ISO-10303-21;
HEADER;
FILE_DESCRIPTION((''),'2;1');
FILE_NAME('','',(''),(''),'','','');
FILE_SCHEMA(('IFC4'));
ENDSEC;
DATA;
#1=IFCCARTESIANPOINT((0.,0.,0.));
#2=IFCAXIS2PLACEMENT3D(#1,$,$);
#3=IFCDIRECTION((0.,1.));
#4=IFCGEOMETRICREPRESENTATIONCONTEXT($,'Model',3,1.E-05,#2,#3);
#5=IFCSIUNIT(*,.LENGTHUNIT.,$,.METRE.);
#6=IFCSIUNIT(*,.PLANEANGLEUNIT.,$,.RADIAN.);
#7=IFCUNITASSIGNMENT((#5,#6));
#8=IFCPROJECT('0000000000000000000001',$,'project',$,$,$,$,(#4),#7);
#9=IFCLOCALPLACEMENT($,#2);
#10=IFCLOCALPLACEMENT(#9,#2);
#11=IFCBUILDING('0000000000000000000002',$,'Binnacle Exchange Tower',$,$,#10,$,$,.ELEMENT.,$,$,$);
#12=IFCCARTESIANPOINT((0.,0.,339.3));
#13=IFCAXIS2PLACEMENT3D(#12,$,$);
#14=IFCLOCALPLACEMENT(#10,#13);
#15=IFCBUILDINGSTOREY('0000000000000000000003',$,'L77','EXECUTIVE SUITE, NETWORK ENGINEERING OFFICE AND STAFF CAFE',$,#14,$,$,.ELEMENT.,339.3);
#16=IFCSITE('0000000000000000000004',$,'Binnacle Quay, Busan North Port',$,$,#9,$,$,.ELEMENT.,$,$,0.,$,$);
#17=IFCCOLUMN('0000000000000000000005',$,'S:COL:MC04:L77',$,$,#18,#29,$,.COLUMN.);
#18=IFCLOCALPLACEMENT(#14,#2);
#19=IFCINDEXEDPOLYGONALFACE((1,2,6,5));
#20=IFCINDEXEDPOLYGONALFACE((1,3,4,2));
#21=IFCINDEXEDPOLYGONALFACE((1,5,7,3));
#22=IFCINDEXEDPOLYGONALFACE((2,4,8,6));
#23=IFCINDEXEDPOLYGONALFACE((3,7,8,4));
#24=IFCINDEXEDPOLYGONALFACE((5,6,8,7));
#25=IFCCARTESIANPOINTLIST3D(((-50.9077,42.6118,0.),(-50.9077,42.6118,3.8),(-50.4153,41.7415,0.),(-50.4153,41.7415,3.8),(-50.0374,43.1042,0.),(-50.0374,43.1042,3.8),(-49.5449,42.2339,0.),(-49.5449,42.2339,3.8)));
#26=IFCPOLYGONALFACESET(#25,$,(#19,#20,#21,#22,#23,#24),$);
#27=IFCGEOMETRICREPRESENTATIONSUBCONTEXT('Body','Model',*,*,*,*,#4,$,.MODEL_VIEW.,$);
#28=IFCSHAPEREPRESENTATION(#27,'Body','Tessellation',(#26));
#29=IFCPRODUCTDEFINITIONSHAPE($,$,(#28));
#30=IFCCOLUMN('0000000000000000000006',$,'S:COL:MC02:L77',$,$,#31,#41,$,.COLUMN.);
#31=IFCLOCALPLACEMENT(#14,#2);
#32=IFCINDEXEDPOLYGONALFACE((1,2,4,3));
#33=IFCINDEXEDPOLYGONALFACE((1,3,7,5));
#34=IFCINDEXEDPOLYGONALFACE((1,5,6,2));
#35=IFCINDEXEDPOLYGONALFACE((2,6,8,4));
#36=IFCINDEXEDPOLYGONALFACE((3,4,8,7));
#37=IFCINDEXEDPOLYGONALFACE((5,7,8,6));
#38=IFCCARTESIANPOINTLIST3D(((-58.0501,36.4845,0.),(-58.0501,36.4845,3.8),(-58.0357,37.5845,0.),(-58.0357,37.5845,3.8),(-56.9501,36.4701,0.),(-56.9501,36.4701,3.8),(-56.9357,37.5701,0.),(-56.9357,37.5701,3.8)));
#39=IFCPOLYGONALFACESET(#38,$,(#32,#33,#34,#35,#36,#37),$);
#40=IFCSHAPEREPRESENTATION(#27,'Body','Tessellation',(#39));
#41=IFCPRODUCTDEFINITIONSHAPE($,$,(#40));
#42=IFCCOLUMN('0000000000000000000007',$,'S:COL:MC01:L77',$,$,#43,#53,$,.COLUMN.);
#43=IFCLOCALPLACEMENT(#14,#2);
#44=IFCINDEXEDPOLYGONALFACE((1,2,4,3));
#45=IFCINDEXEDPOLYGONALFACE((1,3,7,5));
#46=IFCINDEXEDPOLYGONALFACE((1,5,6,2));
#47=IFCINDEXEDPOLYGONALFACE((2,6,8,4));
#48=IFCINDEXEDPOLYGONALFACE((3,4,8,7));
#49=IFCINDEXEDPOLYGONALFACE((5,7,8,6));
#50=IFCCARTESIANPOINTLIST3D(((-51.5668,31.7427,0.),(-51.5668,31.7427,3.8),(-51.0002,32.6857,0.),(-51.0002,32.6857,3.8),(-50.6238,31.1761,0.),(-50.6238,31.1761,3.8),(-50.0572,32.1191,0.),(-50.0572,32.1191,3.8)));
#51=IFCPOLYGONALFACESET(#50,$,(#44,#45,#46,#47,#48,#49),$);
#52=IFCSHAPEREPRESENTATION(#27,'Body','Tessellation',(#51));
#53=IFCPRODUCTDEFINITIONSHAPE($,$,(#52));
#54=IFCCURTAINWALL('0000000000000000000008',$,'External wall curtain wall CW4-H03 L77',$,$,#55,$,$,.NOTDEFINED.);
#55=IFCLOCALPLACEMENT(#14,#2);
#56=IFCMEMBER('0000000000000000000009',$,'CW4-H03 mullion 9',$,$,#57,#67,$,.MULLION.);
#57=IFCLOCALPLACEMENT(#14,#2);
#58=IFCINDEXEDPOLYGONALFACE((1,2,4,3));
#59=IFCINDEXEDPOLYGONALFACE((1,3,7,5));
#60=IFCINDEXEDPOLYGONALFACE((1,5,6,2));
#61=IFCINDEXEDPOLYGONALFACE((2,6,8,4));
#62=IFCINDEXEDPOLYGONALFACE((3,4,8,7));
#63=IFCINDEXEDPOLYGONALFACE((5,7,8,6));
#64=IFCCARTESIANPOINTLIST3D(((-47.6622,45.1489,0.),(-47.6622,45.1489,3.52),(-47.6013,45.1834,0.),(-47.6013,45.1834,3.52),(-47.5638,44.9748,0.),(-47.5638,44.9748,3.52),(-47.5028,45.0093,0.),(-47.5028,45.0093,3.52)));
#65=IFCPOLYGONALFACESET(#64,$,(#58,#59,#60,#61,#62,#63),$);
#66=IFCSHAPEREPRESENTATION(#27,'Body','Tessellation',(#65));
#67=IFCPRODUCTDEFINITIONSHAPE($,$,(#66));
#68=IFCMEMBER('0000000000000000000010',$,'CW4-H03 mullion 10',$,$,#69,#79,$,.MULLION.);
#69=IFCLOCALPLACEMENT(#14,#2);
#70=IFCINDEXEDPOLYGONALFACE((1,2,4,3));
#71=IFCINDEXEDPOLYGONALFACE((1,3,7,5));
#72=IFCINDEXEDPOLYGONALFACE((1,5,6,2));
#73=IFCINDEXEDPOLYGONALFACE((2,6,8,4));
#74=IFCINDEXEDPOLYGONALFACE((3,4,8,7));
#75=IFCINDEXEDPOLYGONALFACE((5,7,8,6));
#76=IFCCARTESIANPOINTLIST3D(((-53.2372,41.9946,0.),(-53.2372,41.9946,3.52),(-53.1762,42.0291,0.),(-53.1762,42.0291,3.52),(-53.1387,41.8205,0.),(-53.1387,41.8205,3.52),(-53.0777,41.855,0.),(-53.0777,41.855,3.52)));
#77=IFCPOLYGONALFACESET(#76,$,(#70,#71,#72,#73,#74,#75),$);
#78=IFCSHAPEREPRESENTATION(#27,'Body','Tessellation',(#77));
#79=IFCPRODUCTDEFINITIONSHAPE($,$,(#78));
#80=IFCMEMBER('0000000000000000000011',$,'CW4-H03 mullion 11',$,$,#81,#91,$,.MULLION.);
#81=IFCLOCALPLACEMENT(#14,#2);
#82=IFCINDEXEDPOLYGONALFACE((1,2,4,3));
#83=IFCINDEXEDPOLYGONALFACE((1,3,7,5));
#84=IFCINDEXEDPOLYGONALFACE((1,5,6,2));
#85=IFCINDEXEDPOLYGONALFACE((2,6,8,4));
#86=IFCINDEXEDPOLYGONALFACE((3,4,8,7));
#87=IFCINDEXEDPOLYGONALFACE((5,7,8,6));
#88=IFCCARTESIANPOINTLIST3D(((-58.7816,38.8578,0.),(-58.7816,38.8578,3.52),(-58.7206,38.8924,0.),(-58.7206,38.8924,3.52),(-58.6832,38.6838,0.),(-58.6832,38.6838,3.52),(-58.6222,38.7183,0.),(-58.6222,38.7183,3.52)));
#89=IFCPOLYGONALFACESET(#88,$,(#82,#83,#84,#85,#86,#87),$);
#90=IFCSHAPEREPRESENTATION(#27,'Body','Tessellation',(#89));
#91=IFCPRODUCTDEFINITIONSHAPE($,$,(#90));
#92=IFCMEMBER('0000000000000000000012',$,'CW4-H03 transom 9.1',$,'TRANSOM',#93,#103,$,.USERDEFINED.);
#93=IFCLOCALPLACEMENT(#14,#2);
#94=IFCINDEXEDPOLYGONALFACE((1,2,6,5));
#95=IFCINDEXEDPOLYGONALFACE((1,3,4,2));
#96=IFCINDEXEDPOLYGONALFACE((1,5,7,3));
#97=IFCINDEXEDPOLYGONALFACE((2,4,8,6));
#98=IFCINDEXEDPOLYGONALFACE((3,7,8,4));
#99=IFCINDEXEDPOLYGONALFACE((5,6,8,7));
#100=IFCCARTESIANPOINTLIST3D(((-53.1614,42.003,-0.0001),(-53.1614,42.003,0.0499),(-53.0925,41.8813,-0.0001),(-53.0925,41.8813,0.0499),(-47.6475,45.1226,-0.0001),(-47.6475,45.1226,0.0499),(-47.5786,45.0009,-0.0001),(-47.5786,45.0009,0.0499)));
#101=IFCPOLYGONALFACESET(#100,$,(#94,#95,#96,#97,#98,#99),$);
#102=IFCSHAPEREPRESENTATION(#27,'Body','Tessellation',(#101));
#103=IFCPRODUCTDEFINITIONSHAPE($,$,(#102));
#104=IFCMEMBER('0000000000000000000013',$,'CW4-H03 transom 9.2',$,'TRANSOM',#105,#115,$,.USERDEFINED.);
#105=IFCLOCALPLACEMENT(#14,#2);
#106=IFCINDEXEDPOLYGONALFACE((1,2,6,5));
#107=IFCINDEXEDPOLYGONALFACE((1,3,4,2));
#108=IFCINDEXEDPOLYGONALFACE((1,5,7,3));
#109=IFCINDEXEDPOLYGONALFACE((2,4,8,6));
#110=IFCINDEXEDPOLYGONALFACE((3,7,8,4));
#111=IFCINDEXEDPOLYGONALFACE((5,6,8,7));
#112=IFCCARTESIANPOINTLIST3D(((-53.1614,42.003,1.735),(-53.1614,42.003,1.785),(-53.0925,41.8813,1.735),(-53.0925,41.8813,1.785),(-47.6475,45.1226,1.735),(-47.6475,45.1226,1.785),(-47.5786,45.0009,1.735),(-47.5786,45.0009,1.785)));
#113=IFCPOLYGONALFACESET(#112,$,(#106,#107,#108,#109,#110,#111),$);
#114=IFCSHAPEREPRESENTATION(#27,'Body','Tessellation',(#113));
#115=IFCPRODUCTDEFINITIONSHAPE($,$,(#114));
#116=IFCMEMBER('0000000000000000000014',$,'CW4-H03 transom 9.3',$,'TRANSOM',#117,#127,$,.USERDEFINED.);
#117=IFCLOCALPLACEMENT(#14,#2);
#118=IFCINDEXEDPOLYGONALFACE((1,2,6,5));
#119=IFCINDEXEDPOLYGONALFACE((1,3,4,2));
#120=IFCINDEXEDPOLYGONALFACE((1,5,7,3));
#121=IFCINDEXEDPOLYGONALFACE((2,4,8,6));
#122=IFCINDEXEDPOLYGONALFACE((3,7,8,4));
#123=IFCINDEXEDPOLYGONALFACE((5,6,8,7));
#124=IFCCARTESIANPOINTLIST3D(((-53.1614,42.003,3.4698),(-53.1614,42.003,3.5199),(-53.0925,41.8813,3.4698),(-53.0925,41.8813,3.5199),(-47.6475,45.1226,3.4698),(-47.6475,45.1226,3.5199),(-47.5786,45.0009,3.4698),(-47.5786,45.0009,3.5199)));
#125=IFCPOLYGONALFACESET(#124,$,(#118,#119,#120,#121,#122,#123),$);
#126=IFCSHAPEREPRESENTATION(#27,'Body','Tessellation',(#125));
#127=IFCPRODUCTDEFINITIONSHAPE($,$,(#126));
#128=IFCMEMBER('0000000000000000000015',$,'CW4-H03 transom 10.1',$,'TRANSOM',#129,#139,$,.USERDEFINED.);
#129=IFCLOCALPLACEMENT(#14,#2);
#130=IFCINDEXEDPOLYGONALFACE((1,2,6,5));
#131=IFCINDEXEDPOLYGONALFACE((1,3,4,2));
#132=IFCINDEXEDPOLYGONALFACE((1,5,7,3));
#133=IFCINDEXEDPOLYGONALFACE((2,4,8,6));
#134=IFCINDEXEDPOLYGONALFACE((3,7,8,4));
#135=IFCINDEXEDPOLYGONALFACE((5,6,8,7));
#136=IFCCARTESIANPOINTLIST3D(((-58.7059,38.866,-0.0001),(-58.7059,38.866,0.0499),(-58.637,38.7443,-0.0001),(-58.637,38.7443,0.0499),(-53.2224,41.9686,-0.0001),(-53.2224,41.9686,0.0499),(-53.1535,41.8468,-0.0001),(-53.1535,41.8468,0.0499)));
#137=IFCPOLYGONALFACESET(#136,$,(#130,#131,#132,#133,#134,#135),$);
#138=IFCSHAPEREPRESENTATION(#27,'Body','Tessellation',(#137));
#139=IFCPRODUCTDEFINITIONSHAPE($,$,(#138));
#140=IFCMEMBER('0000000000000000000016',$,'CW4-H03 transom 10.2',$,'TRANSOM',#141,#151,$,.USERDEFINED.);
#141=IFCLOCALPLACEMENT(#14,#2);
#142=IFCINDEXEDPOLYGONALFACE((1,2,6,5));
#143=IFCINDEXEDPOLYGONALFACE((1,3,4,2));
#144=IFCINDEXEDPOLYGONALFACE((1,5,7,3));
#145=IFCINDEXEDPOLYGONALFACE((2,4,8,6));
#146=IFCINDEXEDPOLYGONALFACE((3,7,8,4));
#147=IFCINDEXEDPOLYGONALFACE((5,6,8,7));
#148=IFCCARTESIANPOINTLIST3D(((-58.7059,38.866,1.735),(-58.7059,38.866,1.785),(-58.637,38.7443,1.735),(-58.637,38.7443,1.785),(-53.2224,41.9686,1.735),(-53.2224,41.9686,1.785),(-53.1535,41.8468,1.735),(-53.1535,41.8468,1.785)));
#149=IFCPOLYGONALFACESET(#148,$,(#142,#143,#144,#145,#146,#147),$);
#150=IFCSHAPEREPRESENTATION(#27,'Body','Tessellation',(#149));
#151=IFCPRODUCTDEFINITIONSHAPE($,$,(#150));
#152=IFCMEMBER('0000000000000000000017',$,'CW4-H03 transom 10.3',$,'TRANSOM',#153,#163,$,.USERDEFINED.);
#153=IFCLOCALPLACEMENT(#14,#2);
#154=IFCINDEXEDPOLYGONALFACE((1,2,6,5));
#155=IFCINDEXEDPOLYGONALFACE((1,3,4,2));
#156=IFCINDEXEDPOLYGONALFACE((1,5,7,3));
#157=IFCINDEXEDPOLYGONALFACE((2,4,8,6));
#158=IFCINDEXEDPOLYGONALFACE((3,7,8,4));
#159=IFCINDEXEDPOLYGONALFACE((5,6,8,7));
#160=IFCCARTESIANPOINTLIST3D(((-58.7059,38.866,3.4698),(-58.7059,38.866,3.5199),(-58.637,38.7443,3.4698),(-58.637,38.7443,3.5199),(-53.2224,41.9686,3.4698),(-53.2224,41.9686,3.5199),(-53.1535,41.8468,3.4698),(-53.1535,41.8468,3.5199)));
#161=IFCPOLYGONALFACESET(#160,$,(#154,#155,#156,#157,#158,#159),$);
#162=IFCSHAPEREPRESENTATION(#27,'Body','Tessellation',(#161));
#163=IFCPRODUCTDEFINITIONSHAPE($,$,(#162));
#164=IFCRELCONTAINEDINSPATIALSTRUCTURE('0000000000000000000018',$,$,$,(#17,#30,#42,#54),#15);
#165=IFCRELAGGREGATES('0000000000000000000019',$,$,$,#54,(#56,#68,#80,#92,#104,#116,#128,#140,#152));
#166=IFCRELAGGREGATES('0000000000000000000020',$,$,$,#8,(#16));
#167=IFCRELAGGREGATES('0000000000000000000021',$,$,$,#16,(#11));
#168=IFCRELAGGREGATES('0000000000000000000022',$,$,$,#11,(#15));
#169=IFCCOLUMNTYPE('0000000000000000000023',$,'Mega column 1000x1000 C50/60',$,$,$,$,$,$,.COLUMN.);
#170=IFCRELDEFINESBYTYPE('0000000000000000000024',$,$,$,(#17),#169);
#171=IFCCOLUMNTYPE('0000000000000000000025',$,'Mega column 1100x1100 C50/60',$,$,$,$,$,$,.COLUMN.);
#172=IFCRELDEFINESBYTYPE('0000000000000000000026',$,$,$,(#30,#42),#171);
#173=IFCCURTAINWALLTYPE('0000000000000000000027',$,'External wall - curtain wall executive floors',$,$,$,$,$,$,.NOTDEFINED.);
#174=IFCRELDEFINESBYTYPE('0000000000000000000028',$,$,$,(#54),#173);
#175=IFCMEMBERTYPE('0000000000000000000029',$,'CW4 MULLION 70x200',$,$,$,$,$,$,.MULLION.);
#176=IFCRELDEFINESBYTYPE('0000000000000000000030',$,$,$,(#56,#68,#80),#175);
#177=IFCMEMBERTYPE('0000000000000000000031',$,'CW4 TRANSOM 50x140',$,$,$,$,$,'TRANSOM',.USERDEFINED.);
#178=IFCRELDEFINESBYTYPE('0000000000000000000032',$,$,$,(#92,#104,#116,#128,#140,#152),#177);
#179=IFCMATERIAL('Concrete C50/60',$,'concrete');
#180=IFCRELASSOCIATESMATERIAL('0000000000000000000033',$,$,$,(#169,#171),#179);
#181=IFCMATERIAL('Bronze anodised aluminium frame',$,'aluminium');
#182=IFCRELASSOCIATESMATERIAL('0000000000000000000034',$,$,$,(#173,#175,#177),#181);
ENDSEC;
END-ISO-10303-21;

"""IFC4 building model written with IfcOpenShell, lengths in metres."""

from ifc_helpers import new_model, si_unit, direction, frame, origin, origin_2d, place, context, subcontext, project, spatial, rectangle, extrude, material, material_profile, profile_set, type_object, element, aggregate, save


model = new_model("IFC4")

# Units and contexts
model_context = context("Model", 3, precision=1e-05, world=origin(), true_north=direction((0.0, 1.0)))
body_context = subcontext(model_context, "Body", "Model", "MODEL_VIEW")
ifc_project = project(units=[si_unit("LENGTHUNIT", "METRE"), si_unit("PLANEANGLEUNIT", "RADIAN")], contexts=[model_context])

# Site, building, storey
site_placement = place(None, origin())
site = spatial("IfcSite", under=ifc_project, at=site_placement, Name="Binnacle Quay, Busan North Port", CompositionType="ELEMENT", RefElevation=0.0)
building_placement = place(site_placement, origin())
building = spatial("IfcBuilding", under=site, at=building_placement, Name="Binnacle Exchange Tower", CompositionType="ELEMENT")
storey_placement = place(building_placement, frame((0.0, 0.0, 339.3)))
storey = spatial("IfcBuildingStorey", under=building, at=storey_placement, Name="L77", Description="EXECUTIVE SUITE, NETWORK ENGINEERING OFFICE AND STAFF CAFE", CompositionType="ELEMENT", Elevation=339.3)

# Columns
ifc_material_1 = material(Name="Concrete C50/60", Category="concrete")
ifc_material_profile_1 = material_profile(ifc_material_1, rectangle(XDim=1.0, YDim=1.0, at=origin_2d()), Name="Mega column 1000x1000 C50/60")
ifc_profile_set_1 = profile_set([ifc_material_profile_1], Name="Concrete C50/60")
column_type_1 = type_object("IfcColumnType", Name="Mega column 1000x1000 C50/60", PredefinedType="COLUMN", material=ifc_profile_set_1)
column_placement = place(storey_placement, frame((-50.2263, 42.4229, 0.0), z_axis=(0.0, 0.0, 1.0), x_axis=(-0.870356, -0.492424, 0.0)))
element("IfcColumn", 1, at=column_placement, inside=storey, type_object=column_type_1, Name="S:COL:MC04:L77", PredefinedType="COLUMN", context=body_context, shape_type="SweptSolid", body=[
    extrude(rectangle(XDim=1.0, YDim=1.0, at=origin_2d()), origin(), (0.0, 0.0, 1.0), 3.8),
])
ifc_material_profile_2 = material_profile(ifc_material_1, rectangle(XDim=1.1001, YDim=1.1001, at=origin_2d()), Name="Mega column 1100x1100 C50/60")
ifc_profile_set_2 = profile_set([ifc_material_profile_2], Name="Concrete C50/60")
column_type_2 = type_object("IfcColumnType", Name="Mega column 1100x1100 C50/60", PredefinedType="COLUMN", material=ifc_profile_set_2)
for number, where, z_axis, x_axis, name in (
    (2, (-57.4929, 37.0273, 0.0), (0.0, 0.0, 1.0), (-0.01309, -0.999914, 0.0), "S:COL:MC02:L77"),
    (3, (-50.812, 31.9309, 0.0), (0.0, 0.0, 1.0), (0.857167, -0.515038, 0.0), "S:COL:MC01:L77"),
):
    element("IfcColumn", number, at=place(storey_placement, frame(where, z_axis=z_axis, x_axis=x_axis)), inside=storey, type_object=column_type_2, Name=name, PredefinedType="COLUMN", context=body_context, shape_type="SweptSolid", body=[
        extrude(rectangle(XDim=1.1001, YDim=1.1001, at=origin_2d()), origin(), (0.0, 0.0, 1.0), 3.8),
    ])

# Curtain wall, members
ifc_material_2 = material(Name="Bronze anodised aluminium frame", Category="aluminium")
curtain_wall_type = type_object("IfcCurtainWallType", Name="External wall - curtain wall executive floors", PredefinedType="NOTDEFINED", material=ifc_material_2)
curtain_wall_placement = place(storey_placement, origin())
curtain_wall = element("IfcCurtainWall", 4, at=curtain_wall_placement, inside=storey, type_object=curtain_wall_type, Name="External wall curtain wall CW4-H03 L77", PredefinedType="NOTDEFINED")
ifc_material_profile_3 = material_profile(ifc_material_2, rectangle(XDim=0.2, YDim=0.0701, at=origin_2d()), Name="AL 70x200")
ifc_profile_set_3 = profile_set([ifc_material_profile_3], Name="Bronze anodised aluminium frame")
member_type_1 = type_object("IfcMemberType", Name="CW4 MULLION 70x200", PredefinedType="MULLION", material=ifc_profile_set_3)
member_1_placement = place(storey_placement, frame((-47.5825, 45.0791, 0.0), z_axis=(0.0, 0.0, 1.0), x_axis=(0.492424, -0.870356, 0.0)))
member_1 = element("IfcMember", 5, at=member_1_placement, type_object=member_type_1, Name="CW4-H03 mullion 9", PredefinedType="MULLION", context=body_context, shape_type="SweptSolid", body=[
    extrude(rectangle(XDim=0.2, YDim=0.0701, at=origin_2d()), origin(), (0.0, 0.0, 1.0), 3.52),
])
member_2_placement = place(storey_placement, frame((-53.1575, 41.9248, 0.0), z_axis=(0.0, 0.0, 1.0), x_axis=(0.492424, -0.870356, 0.0)))
member_2 = element("IfcMember", 6, at=member_2_placement, type_object=member_type_1, Name="CW4-H03 mullion 10", PredefinedType="MULLION", context=body_context, shape_type="SweptSolid", body=[
    extrude(rectangle(XDim=0.2, YDim=0.0701, at=origin_2d()), origin(), (0.0, 0.0, 1.0), 3.52),
])
member_3_placement = place(storey_placement, frame((-58.7019, 38.7881, 0.0), z_axis=(0.0, 0.0, 1.0), x_axis=(0.492424, -0.870356, 0.0)))
member_3 = element("IfcMember", 7, at=member_3_placement, type_object=member_type_1, Name="CW4-H03 mullion 11", PredefinedType="MULLION", context=body_context, shape_type="SweptSolid", body=[
    extrude(rectangle(XDim=0.2, YDim=0.0701, at=origin_2d()), origin(), (0.0, 0.0, 1.0), 3.52),
])
ifc_material_profile_4 = material_profile(ifc_material_2, rectangle(XDim=0.1399, YDim=0.05, at=origin_2d()), Name="AL 140x50")
ifc_profile_set_4 = profile_set([ifc_material_profile_4], Name="Bronze anodised aluminium frame")
member_type_2 = type_object("IfcMemberType", Name="CW4 TRANSOM 50x140", ElementType="TRANSOM", PredefinedType="USERDEFINED", material=ifc_profile_set_4)
member_4_placement = place(storey_placement, frame((-47.613, 45.0618, 0.0249), z_axis=(-0.870355, -0.492424, 0.0), x_axis=(0.492424, -0.870355, 0.0)))
member_4 = element("IfcMember", 8, at=member_4_placement, type_object=member_type_2, Name="CW4-H03 transom 9.1", ObjectType="TRANSOM", PredefinedType="USERDEFINED", context=body_context, shape_type="SweptSolid", body=[
    extrude(rectangle(XDim=0.1399, YDim=0.05, at=origin_2d()), origin(), (0.0, 0.0, 1.0), 6.3352),
])
member_5_placement = place(storey_placement, frame((-47.613, 45.0618, 1.76), z_axis=(-0.870355, -0.492424, 0.0), x_axis=(0.492424, -0.870355, 0.0)))
member_5 = element("IfcMember", 9, at=member_5_placement, type_object=member_type_2, Name="CW4-H03 transom 9.2", ObjectType="TRANSOM", PredefinedType="USERDEFINED", context=body_context, shape_type="SweptSolid", body=[
    extrude(rectangle(XDim=0.1399, YDim=0.05, at=origin_2d()), origin(), (0.0, 0.0, 1.0), 6.3352),
])
member_6_placement = place(storey_placement, frame((-47.613, 45.0618, 3.4949), z_axis=(-0.870355, -0.492424, 0.0), x_axis=(0.492424, -0.870355, 0.0)))
member_6 = element("IfcMember", 10, at=member_6_placement, type_object=member_type_2, Name="CW4-H03 transom 9.3", ObjectType="TRANSOM", PredefinedType="USERDEFINED", context=body_context, shape_type="SweptSolid", body=[
    extrude(rectangle(XDim=0.1399, YDim=0.05, at=origin_2d()), origin(), (0.0, 0.0, 1.0), 6.3352),
])
member_7_placement = place(storey_placement, frame((-53.188, 41.9077, 0.0249), z_axis=(-0.870343, -0.492445, 0.0), x_axis=(0.492445, -0.870343, 0.0)))
member_7 = element("IfcMember", 11, at=member_7_placement, type_object=member_type_2, Name="CW4-H03 transom 10.1", ObjectType="TRANSOM", PredefinedType="USERDEFINED", context=body_context, shape_type="SweptSolid", body=[
    extrude(rectangle(XDim=0.1399, YDim=0.05, at=origin_2d()), origin(), (0.0, 0.0, 1.0), 6.3003),
])
member_8_placement = place(storey_placement, frame((-53.188, 41.9077, 1.76), z_axis=(-0.870343, -0.492445, 0.0), x_axis=(0.492445, -0.870343, 0.0)))
member_8 = element("IfcMember", 12, at=member_8_placement, type_object=member_type_2, Name="CW4-H03 transom 10.2", ObjectType="TRANSOM", PredefinedType="USERDEFINED", context=body_context, shape_type="SweptSolid", body=[
    extrude(rectangle(XDim=0.1399, YDim=0.05, at=origin_2d()), origin(), (0.0, 0.0, 1.0), 6.3003),
])
member_9_placement = place(storey_placement, frame((-53.188, 41.9077, 3.4949), z_axis=(-0.870343, -0.492445, 0.0), x_axis=(0.492445, -0.870343, 0.0)))
member_9 = element("IfcMember", 13, at=member_9_placement, type_object=member_type_2, Name="CW4-H03 transom 10.3", ObjectType="TRANSOM", PredefinedType="USERDEFINED", context=body_context, shape_type="SweptSolid", body=[
    extrude(rectangle(XDim=0.1399, YDim=0.05, at=origin_2d()), origin(), (0.0, 0.0, 1.0), 6.3003),
])

aggregate(curtain_wall, [member_1, member_2, member_3, member_4, member_5, member_6, member_7, member_8, member_9])

save(model, "model.ifc")
